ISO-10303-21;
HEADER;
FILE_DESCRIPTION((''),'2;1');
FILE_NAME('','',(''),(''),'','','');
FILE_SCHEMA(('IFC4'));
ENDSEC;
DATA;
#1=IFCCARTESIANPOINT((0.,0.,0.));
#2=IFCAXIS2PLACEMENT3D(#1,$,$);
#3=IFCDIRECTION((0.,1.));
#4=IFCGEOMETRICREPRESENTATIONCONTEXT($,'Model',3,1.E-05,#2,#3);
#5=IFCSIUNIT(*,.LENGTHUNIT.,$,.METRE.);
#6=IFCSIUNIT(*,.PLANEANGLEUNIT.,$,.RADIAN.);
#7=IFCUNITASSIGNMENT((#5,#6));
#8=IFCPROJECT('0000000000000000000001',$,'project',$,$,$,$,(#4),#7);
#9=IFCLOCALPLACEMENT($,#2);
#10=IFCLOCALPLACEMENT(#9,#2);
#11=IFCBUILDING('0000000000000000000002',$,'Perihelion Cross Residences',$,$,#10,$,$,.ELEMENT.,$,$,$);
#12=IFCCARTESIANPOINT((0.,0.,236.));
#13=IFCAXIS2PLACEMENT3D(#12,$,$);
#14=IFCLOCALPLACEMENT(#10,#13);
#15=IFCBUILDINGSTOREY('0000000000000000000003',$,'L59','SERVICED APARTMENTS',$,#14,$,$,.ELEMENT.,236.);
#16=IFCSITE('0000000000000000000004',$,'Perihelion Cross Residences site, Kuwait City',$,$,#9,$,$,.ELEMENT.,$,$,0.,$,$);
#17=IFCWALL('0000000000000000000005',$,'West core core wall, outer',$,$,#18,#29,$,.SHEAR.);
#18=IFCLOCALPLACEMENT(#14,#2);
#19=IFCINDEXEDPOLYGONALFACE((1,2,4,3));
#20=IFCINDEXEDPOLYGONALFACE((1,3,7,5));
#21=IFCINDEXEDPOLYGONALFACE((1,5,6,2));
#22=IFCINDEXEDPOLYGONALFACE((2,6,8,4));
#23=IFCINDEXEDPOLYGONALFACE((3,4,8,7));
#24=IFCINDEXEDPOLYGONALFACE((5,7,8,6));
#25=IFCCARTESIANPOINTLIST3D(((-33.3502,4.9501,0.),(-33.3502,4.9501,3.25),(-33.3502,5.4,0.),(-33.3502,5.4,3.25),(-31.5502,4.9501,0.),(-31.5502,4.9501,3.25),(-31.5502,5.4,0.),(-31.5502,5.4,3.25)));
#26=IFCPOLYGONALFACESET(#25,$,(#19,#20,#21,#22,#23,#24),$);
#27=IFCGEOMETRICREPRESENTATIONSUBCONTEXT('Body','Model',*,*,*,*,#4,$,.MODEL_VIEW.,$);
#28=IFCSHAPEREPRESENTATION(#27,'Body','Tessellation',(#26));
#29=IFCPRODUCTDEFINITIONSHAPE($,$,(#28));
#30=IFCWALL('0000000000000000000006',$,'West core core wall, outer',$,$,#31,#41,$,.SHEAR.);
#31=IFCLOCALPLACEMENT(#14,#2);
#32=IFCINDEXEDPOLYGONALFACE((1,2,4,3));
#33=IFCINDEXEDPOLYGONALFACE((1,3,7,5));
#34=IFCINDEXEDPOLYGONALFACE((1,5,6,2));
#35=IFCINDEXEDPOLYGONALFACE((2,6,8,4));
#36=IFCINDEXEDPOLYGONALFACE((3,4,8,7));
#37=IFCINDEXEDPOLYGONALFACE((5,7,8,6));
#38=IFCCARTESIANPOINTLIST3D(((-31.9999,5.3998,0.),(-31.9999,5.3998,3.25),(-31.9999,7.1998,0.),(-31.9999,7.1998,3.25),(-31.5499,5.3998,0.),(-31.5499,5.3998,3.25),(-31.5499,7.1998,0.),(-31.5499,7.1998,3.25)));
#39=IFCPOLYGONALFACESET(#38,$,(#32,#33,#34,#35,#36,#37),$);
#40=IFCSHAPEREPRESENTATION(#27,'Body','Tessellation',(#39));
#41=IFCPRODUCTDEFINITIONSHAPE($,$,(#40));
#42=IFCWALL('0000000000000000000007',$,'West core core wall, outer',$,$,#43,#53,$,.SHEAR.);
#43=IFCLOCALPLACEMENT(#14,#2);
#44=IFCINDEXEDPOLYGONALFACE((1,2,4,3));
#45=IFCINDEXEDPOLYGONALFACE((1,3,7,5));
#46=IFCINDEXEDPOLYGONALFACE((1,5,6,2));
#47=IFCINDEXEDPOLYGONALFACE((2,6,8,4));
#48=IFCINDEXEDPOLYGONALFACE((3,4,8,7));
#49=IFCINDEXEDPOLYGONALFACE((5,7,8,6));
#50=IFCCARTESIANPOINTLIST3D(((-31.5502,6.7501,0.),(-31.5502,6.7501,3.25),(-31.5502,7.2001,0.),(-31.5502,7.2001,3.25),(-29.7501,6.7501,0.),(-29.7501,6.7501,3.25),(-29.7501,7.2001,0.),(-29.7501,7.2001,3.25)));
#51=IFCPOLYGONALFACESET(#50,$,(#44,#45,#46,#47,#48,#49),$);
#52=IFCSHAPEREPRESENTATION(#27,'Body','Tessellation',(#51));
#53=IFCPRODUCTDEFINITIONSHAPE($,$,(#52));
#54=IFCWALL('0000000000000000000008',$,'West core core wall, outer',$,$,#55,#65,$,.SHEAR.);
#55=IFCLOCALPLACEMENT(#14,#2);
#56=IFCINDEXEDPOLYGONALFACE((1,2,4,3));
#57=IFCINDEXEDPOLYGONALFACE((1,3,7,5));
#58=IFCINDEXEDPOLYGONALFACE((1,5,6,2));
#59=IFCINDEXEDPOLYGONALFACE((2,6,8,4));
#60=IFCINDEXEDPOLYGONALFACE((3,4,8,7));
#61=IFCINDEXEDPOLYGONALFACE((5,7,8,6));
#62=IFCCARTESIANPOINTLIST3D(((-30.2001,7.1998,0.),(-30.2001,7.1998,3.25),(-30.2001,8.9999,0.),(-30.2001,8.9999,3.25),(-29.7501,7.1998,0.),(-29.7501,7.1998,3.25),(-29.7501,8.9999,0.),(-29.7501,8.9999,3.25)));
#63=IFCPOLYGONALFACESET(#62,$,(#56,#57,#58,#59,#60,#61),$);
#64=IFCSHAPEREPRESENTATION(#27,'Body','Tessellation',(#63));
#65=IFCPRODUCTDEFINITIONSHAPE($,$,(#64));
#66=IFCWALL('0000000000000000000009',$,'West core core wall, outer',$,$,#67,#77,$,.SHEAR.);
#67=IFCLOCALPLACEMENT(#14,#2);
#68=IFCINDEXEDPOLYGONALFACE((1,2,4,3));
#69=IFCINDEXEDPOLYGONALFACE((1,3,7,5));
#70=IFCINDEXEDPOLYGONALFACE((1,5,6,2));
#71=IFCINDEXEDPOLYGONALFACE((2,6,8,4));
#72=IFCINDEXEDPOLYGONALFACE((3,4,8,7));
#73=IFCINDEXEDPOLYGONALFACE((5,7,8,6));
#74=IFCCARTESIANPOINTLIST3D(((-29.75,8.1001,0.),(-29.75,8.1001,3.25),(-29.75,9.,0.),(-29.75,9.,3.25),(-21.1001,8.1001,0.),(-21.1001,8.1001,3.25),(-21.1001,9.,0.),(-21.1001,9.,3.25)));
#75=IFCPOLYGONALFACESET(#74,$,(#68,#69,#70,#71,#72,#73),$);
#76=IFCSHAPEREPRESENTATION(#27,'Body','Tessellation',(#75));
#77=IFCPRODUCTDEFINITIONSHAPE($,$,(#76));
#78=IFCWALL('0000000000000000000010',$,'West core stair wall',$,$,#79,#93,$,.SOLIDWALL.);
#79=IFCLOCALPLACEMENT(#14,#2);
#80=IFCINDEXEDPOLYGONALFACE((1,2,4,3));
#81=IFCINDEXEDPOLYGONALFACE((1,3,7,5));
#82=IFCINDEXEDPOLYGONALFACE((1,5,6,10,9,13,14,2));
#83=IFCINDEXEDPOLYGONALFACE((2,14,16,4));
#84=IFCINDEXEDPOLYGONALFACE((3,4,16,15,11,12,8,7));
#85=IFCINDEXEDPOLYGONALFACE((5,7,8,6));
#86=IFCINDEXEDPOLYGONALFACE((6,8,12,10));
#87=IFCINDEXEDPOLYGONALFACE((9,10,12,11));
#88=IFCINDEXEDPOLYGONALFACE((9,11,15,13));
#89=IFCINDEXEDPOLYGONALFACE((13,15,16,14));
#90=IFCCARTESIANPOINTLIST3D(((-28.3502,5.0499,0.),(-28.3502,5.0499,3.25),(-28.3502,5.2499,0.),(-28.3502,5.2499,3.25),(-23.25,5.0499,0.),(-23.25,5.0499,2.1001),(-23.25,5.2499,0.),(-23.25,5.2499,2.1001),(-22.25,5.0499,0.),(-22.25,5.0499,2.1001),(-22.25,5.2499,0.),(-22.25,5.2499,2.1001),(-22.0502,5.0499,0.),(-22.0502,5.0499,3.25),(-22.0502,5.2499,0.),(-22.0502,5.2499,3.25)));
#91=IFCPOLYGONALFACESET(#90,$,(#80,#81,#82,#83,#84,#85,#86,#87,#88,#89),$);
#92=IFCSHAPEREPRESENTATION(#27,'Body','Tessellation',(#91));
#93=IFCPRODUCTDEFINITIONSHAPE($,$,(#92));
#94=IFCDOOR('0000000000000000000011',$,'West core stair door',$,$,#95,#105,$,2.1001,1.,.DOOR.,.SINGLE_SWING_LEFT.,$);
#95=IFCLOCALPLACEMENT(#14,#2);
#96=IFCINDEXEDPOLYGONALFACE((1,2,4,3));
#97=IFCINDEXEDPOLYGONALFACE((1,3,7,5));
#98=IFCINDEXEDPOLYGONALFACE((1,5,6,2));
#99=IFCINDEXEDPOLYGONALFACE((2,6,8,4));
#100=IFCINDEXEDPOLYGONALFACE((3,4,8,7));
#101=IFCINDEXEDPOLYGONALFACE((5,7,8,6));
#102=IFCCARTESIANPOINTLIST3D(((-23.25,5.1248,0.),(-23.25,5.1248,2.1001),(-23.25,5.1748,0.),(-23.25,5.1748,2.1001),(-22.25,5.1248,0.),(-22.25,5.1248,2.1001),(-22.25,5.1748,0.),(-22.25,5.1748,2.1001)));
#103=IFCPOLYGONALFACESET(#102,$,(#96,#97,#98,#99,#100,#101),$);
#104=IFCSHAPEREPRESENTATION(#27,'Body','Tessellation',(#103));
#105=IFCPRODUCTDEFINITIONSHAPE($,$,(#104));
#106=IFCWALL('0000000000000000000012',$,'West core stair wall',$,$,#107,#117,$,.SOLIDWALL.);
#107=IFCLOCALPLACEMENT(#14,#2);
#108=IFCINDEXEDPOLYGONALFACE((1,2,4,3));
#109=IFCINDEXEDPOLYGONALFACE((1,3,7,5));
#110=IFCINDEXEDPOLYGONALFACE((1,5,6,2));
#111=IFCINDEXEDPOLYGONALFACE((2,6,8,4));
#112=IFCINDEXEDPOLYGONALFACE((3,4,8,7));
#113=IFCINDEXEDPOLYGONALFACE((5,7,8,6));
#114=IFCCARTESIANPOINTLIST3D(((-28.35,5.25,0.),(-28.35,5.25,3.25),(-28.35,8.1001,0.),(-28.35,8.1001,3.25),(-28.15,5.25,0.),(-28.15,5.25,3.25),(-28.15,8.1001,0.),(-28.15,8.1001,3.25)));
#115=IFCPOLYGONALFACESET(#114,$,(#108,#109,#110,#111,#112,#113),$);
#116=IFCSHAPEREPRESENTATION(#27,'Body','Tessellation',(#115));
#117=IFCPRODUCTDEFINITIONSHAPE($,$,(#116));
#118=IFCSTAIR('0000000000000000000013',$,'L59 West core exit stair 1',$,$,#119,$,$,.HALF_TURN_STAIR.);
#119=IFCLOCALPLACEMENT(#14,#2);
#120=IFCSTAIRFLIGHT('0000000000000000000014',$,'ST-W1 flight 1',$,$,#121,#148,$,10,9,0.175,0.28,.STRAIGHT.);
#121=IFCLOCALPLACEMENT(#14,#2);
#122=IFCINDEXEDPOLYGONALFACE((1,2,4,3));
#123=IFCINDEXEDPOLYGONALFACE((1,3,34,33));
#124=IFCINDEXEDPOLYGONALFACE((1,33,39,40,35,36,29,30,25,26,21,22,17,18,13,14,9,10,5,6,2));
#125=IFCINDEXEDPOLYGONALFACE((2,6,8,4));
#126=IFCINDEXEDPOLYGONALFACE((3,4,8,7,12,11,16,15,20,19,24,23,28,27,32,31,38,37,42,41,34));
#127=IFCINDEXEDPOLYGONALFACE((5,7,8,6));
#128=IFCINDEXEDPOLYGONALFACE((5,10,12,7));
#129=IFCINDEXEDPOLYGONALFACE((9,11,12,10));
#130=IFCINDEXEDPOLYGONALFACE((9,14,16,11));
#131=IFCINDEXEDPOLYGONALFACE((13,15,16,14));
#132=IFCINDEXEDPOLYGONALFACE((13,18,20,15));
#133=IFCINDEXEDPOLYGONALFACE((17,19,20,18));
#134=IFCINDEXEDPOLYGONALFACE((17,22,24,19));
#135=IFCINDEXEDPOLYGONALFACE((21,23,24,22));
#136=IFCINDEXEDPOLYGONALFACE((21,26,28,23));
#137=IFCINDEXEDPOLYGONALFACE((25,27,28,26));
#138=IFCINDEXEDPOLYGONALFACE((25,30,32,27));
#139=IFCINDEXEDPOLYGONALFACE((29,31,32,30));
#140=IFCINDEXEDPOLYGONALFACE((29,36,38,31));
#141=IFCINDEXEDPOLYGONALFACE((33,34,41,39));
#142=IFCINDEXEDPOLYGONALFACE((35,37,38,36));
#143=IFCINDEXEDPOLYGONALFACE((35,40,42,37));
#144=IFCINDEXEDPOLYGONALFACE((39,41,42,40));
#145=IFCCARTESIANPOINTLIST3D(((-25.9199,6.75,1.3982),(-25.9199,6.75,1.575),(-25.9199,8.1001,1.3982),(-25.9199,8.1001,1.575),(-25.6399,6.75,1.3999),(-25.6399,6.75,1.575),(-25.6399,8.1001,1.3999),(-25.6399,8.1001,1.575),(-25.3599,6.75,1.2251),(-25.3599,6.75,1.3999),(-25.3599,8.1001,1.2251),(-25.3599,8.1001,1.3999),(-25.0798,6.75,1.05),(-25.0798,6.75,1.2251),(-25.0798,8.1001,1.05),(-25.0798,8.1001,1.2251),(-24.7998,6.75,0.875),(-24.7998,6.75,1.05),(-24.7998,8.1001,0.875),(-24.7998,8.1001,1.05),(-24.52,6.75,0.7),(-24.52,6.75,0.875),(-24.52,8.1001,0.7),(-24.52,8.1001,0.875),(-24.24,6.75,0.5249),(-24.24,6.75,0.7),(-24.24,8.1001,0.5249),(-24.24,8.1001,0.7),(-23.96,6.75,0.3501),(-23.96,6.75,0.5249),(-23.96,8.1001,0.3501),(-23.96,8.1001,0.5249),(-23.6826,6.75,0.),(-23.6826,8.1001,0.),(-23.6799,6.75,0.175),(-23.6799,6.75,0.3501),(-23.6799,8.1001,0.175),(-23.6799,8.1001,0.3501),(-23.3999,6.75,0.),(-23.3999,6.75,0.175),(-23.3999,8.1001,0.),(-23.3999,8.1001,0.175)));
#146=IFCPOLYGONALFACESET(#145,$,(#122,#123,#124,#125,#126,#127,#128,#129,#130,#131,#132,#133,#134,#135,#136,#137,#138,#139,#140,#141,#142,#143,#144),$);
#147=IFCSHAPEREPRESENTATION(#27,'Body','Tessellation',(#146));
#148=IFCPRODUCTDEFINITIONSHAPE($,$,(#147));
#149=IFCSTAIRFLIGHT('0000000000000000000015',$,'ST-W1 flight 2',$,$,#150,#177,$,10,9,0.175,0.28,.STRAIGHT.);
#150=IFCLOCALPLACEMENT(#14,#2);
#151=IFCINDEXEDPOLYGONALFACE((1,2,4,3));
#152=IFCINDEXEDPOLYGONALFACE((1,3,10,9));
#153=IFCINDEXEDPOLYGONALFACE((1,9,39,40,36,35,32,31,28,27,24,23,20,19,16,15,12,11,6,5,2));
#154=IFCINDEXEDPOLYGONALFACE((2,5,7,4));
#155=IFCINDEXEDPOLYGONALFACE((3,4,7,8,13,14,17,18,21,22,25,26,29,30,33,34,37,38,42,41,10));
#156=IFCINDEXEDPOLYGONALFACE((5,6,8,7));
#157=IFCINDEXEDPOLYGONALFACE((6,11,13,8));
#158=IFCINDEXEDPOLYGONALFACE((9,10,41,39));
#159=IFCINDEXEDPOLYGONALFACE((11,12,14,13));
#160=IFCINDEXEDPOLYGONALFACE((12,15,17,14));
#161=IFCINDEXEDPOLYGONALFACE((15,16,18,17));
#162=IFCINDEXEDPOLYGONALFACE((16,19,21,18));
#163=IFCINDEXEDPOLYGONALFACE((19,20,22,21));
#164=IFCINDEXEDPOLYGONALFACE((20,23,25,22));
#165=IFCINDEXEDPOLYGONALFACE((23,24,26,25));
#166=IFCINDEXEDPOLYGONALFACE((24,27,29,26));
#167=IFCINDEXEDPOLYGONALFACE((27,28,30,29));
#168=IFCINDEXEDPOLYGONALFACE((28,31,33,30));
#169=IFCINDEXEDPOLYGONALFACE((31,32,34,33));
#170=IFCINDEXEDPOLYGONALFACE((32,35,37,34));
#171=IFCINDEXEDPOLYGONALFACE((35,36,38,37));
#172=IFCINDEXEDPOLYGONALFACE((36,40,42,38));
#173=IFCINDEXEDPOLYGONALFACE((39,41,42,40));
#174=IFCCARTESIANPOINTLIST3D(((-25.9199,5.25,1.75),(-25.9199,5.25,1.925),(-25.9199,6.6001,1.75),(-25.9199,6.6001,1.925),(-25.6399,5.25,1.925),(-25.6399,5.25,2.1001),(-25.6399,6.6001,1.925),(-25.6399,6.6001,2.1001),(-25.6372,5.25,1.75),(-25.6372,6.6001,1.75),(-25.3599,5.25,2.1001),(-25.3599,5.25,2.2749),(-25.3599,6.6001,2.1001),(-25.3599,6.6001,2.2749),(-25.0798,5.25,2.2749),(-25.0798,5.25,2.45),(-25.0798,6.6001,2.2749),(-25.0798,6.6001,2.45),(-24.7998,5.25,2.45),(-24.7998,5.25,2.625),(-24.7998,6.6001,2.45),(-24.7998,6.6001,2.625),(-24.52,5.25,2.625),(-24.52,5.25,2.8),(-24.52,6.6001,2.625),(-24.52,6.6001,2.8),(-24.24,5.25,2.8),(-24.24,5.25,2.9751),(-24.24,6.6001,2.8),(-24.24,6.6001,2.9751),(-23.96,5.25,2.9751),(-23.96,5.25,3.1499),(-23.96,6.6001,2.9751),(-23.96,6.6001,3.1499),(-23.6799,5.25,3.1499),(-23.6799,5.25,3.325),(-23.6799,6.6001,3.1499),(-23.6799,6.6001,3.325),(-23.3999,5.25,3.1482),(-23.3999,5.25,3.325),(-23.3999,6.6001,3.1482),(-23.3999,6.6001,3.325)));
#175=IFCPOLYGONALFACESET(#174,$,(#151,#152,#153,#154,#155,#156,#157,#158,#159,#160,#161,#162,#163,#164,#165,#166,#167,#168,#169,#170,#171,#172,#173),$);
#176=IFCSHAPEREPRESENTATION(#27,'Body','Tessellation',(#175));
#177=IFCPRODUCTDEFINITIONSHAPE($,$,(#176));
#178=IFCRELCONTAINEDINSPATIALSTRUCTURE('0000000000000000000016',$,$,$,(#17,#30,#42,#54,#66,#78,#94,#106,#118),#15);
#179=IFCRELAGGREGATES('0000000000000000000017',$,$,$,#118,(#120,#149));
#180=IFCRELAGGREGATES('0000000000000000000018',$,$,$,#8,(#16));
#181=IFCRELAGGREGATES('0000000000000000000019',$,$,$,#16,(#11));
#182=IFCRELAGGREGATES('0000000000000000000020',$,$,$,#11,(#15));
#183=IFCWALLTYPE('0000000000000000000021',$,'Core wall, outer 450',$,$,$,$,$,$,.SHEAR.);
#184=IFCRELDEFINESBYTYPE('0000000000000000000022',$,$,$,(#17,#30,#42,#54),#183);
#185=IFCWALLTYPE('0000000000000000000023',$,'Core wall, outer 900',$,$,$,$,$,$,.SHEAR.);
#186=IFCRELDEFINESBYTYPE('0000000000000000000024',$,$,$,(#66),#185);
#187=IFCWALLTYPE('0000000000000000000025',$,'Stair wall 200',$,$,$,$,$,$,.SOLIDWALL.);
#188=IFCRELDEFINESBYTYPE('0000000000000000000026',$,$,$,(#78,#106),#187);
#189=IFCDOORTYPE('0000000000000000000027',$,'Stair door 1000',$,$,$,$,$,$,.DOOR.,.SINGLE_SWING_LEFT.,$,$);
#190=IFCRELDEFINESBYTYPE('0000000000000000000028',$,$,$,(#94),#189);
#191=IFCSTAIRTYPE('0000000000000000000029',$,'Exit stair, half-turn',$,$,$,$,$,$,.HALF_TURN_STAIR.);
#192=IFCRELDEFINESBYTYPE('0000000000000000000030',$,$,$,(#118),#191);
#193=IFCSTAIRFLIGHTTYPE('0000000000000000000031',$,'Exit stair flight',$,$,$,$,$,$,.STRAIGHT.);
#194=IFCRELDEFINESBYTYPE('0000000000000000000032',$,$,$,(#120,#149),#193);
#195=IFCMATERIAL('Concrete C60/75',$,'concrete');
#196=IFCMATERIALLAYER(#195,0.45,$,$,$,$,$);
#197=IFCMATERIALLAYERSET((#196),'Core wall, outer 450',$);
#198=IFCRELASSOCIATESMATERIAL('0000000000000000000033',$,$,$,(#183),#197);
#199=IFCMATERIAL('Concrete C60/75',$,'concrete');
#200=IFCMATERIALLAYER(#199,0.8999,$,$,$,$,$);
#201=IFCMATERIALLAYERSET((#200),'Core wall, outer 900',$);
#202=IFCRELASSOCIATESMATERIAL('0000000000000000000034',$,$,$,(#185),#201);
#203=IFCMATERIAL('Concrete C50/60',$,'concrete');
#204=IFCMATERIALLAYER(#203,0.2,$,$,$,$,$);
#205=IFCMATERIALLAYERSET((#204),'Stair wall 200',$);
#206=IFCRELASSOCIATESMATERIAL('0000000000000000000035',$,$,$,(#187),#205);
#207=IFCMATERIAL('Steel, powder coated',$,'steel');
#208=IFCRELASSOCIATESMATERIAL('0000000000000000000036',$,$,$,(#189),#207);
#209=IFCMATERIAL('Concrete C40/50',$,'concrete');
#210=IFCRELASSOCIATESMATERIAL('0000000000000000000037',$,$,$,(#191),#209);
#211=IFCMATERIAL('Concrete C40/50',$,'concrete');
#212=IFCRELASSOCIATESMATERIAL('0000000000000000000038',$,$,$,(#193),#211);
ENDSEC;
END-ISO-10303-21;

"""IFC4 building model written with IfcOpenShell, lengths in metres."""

from ifc_helpers import new_model, si_unit, direction, frame, frame_2d, origin, place, context, subcontext, project, spatial, polyline, rectangle, outline, extrude, material, layer, layer_set, type_object, element, fill, aggregate, save


model = new_model("IFC4")

# Units and contexts
model_context = context("Model", 3, precision=1e-05, world=origin(), true_north=direction((0.0, 1.0)))
body_context = subcontext(model_context, "Body", "Model", "MODEL_VIEW")
ifc_project = project(units=[si_unit("LENGTHUNIT", "METRE"), si_unit("PLANEANGLEUNIT", "RADIAN")], contexts=[model_context])

# Site, building, storey
site_placement = place(None, origin())
site = spatial("IfcSite", under=ifc_project, at=site_placement, Name="Perihelion Cross Residences site, Kuwait City", CompositionType="ELEMENT", RefElevation=0.0)
building_placement = place(site_placement, origin())
building = spatial("IfcBuilding", under=site, at=building_placement, Name="Perihelion Cross Residences", CompositionType="ELEMENT")
storey_placement = place(building_placement, frame((0.0, 0.0, 236.0)))
storey = spatial("IfcBuildingStorey", under=building, at=storey_placement, Name="L59", Description="SERVICED APARTMENTS", CompositionType="ELEMENT", Elevation=236.0)

# Walls
ifc_material_1 = material(Name="Concrete C60/75", Category="concrete")
ifc_layer_1 = layer(ifc_material_1, 0.45)
ifc_layer_set_1 = layer_set([ifc_layer_1], Name="Core wall, outer 450")
wall_type_1 = type_object("IfcWallType", Name="Core wall, outer 450", PredefinedType="SHEAR", material=ifc_layer_set_1)
for number, where, z_axis, x_axis, name in (
    (1, (-33.3501, 5.175, 0.0), (0.0, 0.0, 1.0), (1.0, 0.0, 0.0), "West core core wall, outer"),
    (2, (-31.7749, 5.3999, 0.0), (0.0, 0.0, 1.0), (0.0, 1.0, 0.0), "West core core wall, outer"),
    (3, (-31.55, 6.9751, 0.0), (0.0, 0.0, 1.0), (1.0, 0.0, 0.0), "West core core wall, outer"),
    (4, (-29.9751, 7.2, 0.0), (0.0, 0.0, 1.0), (0.0, 1.0, 0.0), "West core core wall, outer"),
):
    element("IfcWall", number, at=place(storey_placement, frame(where, z_axis=z_axis, x_axis=x_axis)), inside=storey, type_object=wall_type_1, Name=name, PredefinedType="SHEAR", context=body_context, shape_type="SweptSolid", body=[
        extrude(rectangle(XDim=1.8, YDim=0.45, at=frame_2d((0.8999, 0.0))), origin(), (0.0, 0.0, 1.0), 3.25),
    ])
ifc_material_2 = material(Name="Concrete C60/75", Category="concrete")
ifc_layer_2 = layer(ifc_material_2, 0.8999)
ifc_layer_set_2 = layer_set([ifc_layer_2], Name="Core wall, outer 900")
wall_type_2 = type_object("IfcWallType", Name="Core wall, outer 900", PredefinedType="SHEAR", material=ifc_layer_set_2)
wall_1_placement = place(storey_placement, frame((-29.75, 8.55, 0.0), z_axis=(0.0, 0.0, 1.0), x_axis=(1.0, 0.0, 0.0)))
element("IfcWall", 5, at=wall_1_placement, inside=storey, type_object=wall_type_2, Name="West core core wall, outer", PredefinedType="SHEAR", context=body_context, shape_type="SweptSolid", body=[
    extrude(rectangle(XDim=8.6499, YDim=0.8999, at=frame_2d((4.325, 0.0))), origin(), (0.0, 0.0, 1.0), 3.25),
])

# Wall, opening, door
ifc_material_3 = material(Name="Concrete C50/60", Category="concrete")
ifc_layer_3 = layer(ifc_material_3, 0.2)
ifc_layer_set_3 = layer_set([ifc_layer_3], Name="Stair wall 200")
wall_type_3 = type_object("IfcWallType", Name="Stair wall 200", PredefinedType="SOLIDWALL", material=ifc_layer_set_3)
wall_2_placement = place(storey_placement, frame((-28.3501, 5.1499, 0.0), z_axis=(0.0, 0.0, 1.0), x_axis=(1.0, 0.0, 0.0)))
wall_2 = element("IfcWall", 6, at=wall_2_placement, inside=storey, type_object=wall_type_3, Name="West core stair wall", PredefinedType="SOLIDWALL", context=body_context, shape_type="SweptSolid", body=[
    extrude(rectangle(XDim=6.3, YDim=0.2, at=frame_2d((3.1499, 0.0))), origin(), (0.0, 0.0, 1.0), 3.25),
])
opening_placement = place(wall_2_placement, frame((5.1001, 0.0, 0.0)))
opening = element("IfcOpeningElement", 7, at=opening_placement, cuts=wall_2, PredefinedType="OPENING", context=body_context, shape_type="SweptSolid", body=[
    extrude(rectangle(XDim=1.0, YDim=2.1001, at=frame_2d((0.5, 1.05))), frame((0.0, 0.1099, 0.0), z_axis=(0.0, -1.0, 0.0), x_axis=(1.0, 0.0, 0.0)), (0.0, 0.0, 1.0), 0.22),
])
ifc_material_4 = material(Name="Steel, powder coated", Category="steel")
door_type = type_object("IfcDoorType", Name="Stair door 1000", OperationType="SINGLE_SWING_LEFT", PredefinedType="DOOR", material=ifc_material_4)
door_placement = place(opening_placement, origin())
door = element("IfcDoor", 8, at=door_placement, inside=storey, type_object=door_type, Name="West core stair door", OperationType="SINGLE_SWING_LEFT", OverallHeight=2.1001, OverallWidth=1.0, PredefinedType="DOOR", context=body_context, shape_type="SweptSolid", body=[
    extrude(rectangle(XDim=1.0, YDim=2.1001, at=frame_2d((0.5, 1.05))), frame((0.0, 0.0249, 0.0), z_axis=(0.0, -1.0, 0.0), x_axis=(1.0, 0.0, 0.0)), (0.0, 0.0, 1.0), 0.05),
])
fill(opening, door)

# Wall
wall_3_placement = place(storey_placement, frame((-28.25, 5.25, 0.0), z_axis=(0.0, 0.0, 1.0), x_axis=(0.0, 1.0, 0.0)))
element("IfcWall", 9, at=wall_3_placement, inside=storey, type_object=wall_type_3, Name="West core stair wall", PredefinedType="SOLIDWALL", context=body_context, shape_type="SweptSolid", body=[
    extrude(rectangle(XDim=2.8501, YDim=0.2, at=frame_2d((1.425, 0.0))), origin(), (0.0, 0.0, 1.0), 3.25),
])

# Stair, stair flights
ifc_material_5 = material(Name="Concrete C40/50", Category="concrete")
stair_type = type_object("IfcStairType", Name="Exit stair, half-turn", PredefinedType="HALF_TURN_STAIR", material=ifc_material_5)
stair_placement = place(storey_placement, origin())
stair = element("IfcStair", 10, at=stair_placement, inside=storey, type_object=stair_type, Name="L59 West core exit stair 1", PredefinedType="HALF_TURN_STAIR")
ifc_material_6 = material(Name="Concrete C40/50", Category="concrete")
stair_flight_type = type_object("IfcStairFlightType", Name="Exit stair flight", PredefinedType="STRAIGHT", material=ifc_material_6)
stair_flight_1_placement = place(storey_placement, frame((-23.3999, 7.425, 0.0), z_axis=(0.0, 0.0, 1.0), x_axis=(-1.0, 0.0, 0.0)))
stair_flight_1 = element("IfcStairFlight", 11, at=stair_flight_1_placement, type_object=stair_flight_type, Name="ST-W1 flight 1", NumberOfRisers=10, NumberOfTreads=9, PredefinedType="STRAIGHT", RiserHeight=0.175, TreadLength=0.28, context=body_context, shape_type="SweptSolid", body=[
    extrude(outline(polyline([(0.0, 0.0), (0.0, 0.175), (0.28, 0.175), (0.28, 0.3501), (0.5601, 0.3501), (0.5601, 0.5249), (0.8401, 0.5249), (0.8401, 0.7), (1.1201, 0.7), (1.1201, 0.875), (1.3999, 0.875), (1.3999, 1.05), (1.6799, 1.05), (1.6799, 1.2251), (1.96, 1.2251), (1.96, 1.3999), (2.24, 1.3999), (2.24, 1.575), (2.52, 1.575), (2.52, 1.75), (2.52, 1.3982), (0.2827, 0.0), (0.0, 0.0)])), frame((0.0, 0.675, 0.0), z_axis=(0.0, -1.0, 0.0), x_axis=(1.0, 0.0, 0.0)), (0.0, 0.0, 1.0), 1.3501),
])
stair_flight_2_placement = place(storey_placement, frame((-25.9199, 5.925, 1.75), z_axis=(0.0, 0.0, 1.0), x_axis=(1.0, 0.0, 0.0)))
stair_flight_2 = element("IfcStairFlight", 12, at=stair_flight_2_placement, type_object=stair_flight_type, Name="ST-W1 flight 2", NumberOfRisers=10, NumberOfTreads=9, PredefinedType="STRAIGHT", RiserHeight=0.175, TreadLength=0.28, context=body_context, shape_type="SweptSolid", body=[
    extrude(outline(polyline([(0.0, 0.0), (0.0, 0.175), (0.28, 0.175), (0.28, 0.3501), (0.5601, 0.3501), (0.5601, 0.5249), (0.8401, 0.5249), (0.8401, 0.7), (1.1201, 0.7), (1.1201, 0.875), (1.3999, 0.875), (1.3999, 1.05), (1.6799, 1.05), (1.6799, 1.2251), (1.96, 1.2251), (1.96, 1.3999), (2.24, 1.3999), (2.24, 1.575), (2.52, 1.575), (2.52, 1.75), (2.52, 1.3982), (0.2827, 0.0), (0.0, 0.0)])), frame((0.0, 0.675, 0.0), z_axis=(0.0, -1.0, 0.0), x_axis=(1.0, 0.0, 0.0)), (0.0, 0.0, 1.0), 1.3501),
])
aggregate(stair, [stair_flight_1, stair_flight_2])

save(model, "model.ifc")
